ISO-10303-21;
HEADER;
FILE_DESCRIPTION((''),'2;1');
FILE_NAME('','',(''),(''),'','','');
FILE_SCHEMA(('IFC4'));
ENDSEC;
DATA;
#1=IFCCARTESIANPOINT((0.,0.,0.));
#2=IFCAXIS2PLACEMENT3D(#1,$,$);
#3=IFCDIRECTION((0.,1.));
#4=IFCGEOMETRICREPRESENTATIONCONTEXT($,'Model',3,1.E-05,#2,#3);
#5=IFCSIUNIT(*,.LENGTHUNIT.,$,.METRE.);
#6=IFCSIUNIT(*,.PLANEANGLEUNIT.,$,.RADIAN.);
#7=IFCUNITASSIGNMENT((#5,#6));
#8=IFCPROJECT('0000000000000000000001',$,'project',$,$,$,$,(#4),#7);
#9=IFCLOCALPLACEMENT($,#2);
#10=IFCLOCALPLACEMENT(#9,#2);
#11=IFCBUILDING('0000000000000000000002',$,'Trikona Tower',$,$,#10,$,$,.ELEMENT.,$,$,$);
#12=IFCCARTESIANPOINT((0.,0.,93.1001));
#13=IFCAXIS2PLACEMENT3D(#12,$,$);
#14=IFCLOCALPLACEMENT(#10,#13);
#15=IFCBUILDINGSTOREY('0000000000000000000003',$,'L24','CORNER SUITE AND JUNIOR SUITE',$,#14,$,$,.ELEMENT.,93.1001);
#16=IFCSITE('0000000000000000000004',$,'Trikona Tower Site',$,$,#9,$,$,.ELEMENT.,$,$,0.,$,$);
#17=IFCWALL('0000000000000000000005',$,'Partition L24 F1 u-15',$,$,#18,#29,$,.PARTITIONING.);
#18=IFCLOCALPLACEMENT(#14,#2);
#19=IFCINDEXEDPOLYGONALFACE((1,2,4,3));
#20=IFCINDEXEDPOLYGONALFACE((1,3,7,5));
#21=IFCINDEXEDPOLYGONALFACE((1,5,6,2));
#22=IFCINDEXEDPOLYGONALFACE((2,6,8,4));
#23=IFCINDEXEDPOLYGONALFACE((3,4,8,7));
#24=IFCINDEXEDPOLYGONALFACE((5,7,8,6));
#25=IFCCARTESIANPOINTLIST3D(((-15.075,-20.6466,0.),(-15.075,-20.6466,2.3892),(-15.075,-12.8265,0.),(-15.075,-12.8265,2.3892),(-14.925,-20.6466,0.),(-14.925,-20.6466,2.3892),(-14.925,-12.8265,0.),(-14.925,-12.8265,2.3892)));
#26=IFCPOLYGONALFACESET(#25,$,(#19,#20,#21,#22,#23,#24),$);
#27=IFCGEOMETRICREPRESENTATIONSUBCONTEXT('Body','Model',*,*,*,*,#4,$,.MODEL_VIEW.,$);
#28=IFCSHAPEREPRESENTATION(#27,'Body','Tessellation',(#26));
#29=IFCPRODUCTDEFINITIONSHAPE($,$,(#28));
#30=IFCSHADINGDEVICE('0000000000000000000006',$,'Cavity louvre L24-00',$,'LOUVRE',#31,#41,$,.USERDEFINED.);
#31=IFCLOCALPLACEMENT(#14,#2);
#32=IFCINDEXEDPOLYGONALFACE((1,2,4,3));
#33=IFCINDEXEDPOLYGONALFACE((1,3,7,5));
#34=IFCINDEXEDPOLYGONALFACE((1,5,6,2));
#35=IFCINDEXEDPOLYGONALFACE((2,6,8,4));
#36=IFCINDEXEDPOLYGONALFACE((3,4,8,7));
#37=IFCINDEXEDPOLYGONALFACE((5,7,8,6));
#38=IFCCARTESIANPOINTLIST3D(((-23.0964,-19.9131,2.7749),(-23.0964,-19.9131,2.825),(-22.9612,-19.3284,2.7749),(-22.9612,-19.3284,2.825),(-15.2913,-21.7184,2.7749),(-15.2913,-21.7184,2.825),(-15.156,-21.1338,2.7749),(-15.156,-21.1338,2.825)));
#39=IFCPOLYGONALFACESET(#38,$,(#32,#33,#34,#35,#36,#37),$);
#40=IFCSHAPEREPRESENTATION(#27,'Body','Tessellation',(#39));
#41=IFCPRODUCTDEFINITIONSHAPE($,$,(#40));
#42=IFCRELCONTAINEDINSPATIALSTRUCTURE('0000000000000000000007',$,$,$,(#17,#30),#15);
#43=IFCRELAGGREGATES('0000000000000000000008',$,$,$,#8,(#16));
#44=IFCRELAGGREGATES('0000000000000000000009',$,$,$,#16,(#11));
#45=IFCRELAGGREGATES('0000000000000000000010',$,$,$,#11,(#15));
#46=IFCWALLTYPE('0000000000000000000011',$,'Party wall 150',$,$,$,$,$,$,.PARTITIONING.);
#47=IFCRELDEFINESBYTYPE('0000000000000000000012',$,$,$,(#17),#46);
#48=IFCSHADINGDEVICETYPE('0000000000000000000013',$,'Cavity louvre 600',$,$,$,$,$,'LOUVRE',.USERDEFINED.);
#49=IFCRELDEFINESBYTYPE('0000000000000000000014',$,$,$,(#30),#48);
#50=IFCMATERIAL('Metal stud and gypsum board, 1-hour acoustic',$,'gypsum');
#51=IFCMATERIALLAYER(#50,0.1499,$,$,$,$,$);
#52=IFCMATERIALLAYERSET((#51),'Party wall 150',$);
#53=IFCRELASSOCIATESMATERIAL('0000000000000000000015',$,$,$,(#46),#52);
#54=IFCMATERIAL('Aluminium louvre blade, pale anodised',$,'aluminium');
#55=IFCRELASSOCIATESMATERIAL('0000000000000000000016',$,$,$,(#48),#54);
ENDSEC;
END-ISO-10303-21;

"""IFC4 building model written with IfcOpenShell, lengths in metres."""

from ifc_helpers import new_model, si_unit, direction, frame, frame_2d, origin, origin_2d, place, context, subcontext, project, spatial, rectangle, extrude, material, layer, layer_set, type_object, element, save


model = new_model("IFC4")

# Units and contexts
model_context = context("Model", 3, precision=1e-05, world=origin(), true_north=direction((0.0, 1.0)))
body_context = subcontext(model_context, "Body", "Model", "MODEL_VIEW")
ifc_project = project(units=[si_unit("LENGTHUNIT", "METRE"), si_unit("PLANEANGLEUNIT", "RADIAN")], contexts=[model_context])

# Site, building, storey
site_placement = place(None, origin())
site = spatial("IfcSite", under=ifc_project, at=site_placement, Name="Trikona Tower Site", CompositionType="ELEMENT", RefElevation=0.0)
building_placement = place(site_placement, origin())
building = spatial("IfcBuilding", under=site, at=building_placement, Name="Trikona Tower", CompositionType="ELEMENT")
storey_placement = place(building_placement, frame((0.0, 0.0, 93.1001)))
storey = spatial("IfcBuildingStorey", under=building, at=storey_placement, Name="L24", Description="CORNER SUITE AND JUNIOR SUITE", CompositionType="ELEMENT", Elevation=93.1001)

# Wall
ifc_material_1 = material(Name="Metal stud and gypsum board, 1-hour acoustic", Category="gypsum")
ifc_layer_1 = layer(ifc_material_1, 0.1499)
ifc_layer_set_1 = layer_set([ifc_layer_1], Name="Party wall 150")
wall_type_1 = type_object("IfcWallType", Name="Party wall 150", PredefinedType="PARTITIONING", material=ifc_layer_set_1)
wall_1_placement = place(storey_placement, frame((-15.0, -12.8264, 0.0), z_axis=(0.0, 0.0, 1.0), x_axis=(0.0, -1.0, 0.0)))
element("IfcWall", 1, at=wall_1_placement, inside=storey, type_object=wall_type_1, Name="Partition L24 F1 u-15", PredefinedType="PARTITIONING", context=body_context, shape_type="SweptSolid", body=[
    extrude(rectangle(XDim=7.8201, YDim=0.1499, at=frame_2d((3.9102, 0.0))), origin(), (0.0, 0.0, 1.0), 2.3892),
])

# Shading device
ifc_material_2 = material(Name="Aluminium louvre blade, pale anodised", Category="aluminium")
shading_device_type = type_object("IfcShadingDeviceType", Name="Cavity louvre 600", ElementType="LOUVRE", PredefinedType="USERDEFINED", material=ifc_material_2)
shading_device_placement = place(storey_placement, frame((-19.1262, -20.5234, 2.7749), z_axis=(0.0, 0.0, 1.0), x_axis=(0.974278, -0.225351, 0.0)))
element("IfcShadingDevice", 2, at=shading_device_placement, inside=storey, type_object=shading_device_type, Name="Cavity louvre L24-00", ObjectType="LOUVRE", PredefinedType="USERDEFINED", context=body_context, shape_type="SweptSolid", body=[
    extrude(rectangle(XDim=8.0112, YDim=0.6001, at=origin_2d()), origin(), (0.0, 0.0, 1.0), 0.05),
])

save(model, "model.ifc")
